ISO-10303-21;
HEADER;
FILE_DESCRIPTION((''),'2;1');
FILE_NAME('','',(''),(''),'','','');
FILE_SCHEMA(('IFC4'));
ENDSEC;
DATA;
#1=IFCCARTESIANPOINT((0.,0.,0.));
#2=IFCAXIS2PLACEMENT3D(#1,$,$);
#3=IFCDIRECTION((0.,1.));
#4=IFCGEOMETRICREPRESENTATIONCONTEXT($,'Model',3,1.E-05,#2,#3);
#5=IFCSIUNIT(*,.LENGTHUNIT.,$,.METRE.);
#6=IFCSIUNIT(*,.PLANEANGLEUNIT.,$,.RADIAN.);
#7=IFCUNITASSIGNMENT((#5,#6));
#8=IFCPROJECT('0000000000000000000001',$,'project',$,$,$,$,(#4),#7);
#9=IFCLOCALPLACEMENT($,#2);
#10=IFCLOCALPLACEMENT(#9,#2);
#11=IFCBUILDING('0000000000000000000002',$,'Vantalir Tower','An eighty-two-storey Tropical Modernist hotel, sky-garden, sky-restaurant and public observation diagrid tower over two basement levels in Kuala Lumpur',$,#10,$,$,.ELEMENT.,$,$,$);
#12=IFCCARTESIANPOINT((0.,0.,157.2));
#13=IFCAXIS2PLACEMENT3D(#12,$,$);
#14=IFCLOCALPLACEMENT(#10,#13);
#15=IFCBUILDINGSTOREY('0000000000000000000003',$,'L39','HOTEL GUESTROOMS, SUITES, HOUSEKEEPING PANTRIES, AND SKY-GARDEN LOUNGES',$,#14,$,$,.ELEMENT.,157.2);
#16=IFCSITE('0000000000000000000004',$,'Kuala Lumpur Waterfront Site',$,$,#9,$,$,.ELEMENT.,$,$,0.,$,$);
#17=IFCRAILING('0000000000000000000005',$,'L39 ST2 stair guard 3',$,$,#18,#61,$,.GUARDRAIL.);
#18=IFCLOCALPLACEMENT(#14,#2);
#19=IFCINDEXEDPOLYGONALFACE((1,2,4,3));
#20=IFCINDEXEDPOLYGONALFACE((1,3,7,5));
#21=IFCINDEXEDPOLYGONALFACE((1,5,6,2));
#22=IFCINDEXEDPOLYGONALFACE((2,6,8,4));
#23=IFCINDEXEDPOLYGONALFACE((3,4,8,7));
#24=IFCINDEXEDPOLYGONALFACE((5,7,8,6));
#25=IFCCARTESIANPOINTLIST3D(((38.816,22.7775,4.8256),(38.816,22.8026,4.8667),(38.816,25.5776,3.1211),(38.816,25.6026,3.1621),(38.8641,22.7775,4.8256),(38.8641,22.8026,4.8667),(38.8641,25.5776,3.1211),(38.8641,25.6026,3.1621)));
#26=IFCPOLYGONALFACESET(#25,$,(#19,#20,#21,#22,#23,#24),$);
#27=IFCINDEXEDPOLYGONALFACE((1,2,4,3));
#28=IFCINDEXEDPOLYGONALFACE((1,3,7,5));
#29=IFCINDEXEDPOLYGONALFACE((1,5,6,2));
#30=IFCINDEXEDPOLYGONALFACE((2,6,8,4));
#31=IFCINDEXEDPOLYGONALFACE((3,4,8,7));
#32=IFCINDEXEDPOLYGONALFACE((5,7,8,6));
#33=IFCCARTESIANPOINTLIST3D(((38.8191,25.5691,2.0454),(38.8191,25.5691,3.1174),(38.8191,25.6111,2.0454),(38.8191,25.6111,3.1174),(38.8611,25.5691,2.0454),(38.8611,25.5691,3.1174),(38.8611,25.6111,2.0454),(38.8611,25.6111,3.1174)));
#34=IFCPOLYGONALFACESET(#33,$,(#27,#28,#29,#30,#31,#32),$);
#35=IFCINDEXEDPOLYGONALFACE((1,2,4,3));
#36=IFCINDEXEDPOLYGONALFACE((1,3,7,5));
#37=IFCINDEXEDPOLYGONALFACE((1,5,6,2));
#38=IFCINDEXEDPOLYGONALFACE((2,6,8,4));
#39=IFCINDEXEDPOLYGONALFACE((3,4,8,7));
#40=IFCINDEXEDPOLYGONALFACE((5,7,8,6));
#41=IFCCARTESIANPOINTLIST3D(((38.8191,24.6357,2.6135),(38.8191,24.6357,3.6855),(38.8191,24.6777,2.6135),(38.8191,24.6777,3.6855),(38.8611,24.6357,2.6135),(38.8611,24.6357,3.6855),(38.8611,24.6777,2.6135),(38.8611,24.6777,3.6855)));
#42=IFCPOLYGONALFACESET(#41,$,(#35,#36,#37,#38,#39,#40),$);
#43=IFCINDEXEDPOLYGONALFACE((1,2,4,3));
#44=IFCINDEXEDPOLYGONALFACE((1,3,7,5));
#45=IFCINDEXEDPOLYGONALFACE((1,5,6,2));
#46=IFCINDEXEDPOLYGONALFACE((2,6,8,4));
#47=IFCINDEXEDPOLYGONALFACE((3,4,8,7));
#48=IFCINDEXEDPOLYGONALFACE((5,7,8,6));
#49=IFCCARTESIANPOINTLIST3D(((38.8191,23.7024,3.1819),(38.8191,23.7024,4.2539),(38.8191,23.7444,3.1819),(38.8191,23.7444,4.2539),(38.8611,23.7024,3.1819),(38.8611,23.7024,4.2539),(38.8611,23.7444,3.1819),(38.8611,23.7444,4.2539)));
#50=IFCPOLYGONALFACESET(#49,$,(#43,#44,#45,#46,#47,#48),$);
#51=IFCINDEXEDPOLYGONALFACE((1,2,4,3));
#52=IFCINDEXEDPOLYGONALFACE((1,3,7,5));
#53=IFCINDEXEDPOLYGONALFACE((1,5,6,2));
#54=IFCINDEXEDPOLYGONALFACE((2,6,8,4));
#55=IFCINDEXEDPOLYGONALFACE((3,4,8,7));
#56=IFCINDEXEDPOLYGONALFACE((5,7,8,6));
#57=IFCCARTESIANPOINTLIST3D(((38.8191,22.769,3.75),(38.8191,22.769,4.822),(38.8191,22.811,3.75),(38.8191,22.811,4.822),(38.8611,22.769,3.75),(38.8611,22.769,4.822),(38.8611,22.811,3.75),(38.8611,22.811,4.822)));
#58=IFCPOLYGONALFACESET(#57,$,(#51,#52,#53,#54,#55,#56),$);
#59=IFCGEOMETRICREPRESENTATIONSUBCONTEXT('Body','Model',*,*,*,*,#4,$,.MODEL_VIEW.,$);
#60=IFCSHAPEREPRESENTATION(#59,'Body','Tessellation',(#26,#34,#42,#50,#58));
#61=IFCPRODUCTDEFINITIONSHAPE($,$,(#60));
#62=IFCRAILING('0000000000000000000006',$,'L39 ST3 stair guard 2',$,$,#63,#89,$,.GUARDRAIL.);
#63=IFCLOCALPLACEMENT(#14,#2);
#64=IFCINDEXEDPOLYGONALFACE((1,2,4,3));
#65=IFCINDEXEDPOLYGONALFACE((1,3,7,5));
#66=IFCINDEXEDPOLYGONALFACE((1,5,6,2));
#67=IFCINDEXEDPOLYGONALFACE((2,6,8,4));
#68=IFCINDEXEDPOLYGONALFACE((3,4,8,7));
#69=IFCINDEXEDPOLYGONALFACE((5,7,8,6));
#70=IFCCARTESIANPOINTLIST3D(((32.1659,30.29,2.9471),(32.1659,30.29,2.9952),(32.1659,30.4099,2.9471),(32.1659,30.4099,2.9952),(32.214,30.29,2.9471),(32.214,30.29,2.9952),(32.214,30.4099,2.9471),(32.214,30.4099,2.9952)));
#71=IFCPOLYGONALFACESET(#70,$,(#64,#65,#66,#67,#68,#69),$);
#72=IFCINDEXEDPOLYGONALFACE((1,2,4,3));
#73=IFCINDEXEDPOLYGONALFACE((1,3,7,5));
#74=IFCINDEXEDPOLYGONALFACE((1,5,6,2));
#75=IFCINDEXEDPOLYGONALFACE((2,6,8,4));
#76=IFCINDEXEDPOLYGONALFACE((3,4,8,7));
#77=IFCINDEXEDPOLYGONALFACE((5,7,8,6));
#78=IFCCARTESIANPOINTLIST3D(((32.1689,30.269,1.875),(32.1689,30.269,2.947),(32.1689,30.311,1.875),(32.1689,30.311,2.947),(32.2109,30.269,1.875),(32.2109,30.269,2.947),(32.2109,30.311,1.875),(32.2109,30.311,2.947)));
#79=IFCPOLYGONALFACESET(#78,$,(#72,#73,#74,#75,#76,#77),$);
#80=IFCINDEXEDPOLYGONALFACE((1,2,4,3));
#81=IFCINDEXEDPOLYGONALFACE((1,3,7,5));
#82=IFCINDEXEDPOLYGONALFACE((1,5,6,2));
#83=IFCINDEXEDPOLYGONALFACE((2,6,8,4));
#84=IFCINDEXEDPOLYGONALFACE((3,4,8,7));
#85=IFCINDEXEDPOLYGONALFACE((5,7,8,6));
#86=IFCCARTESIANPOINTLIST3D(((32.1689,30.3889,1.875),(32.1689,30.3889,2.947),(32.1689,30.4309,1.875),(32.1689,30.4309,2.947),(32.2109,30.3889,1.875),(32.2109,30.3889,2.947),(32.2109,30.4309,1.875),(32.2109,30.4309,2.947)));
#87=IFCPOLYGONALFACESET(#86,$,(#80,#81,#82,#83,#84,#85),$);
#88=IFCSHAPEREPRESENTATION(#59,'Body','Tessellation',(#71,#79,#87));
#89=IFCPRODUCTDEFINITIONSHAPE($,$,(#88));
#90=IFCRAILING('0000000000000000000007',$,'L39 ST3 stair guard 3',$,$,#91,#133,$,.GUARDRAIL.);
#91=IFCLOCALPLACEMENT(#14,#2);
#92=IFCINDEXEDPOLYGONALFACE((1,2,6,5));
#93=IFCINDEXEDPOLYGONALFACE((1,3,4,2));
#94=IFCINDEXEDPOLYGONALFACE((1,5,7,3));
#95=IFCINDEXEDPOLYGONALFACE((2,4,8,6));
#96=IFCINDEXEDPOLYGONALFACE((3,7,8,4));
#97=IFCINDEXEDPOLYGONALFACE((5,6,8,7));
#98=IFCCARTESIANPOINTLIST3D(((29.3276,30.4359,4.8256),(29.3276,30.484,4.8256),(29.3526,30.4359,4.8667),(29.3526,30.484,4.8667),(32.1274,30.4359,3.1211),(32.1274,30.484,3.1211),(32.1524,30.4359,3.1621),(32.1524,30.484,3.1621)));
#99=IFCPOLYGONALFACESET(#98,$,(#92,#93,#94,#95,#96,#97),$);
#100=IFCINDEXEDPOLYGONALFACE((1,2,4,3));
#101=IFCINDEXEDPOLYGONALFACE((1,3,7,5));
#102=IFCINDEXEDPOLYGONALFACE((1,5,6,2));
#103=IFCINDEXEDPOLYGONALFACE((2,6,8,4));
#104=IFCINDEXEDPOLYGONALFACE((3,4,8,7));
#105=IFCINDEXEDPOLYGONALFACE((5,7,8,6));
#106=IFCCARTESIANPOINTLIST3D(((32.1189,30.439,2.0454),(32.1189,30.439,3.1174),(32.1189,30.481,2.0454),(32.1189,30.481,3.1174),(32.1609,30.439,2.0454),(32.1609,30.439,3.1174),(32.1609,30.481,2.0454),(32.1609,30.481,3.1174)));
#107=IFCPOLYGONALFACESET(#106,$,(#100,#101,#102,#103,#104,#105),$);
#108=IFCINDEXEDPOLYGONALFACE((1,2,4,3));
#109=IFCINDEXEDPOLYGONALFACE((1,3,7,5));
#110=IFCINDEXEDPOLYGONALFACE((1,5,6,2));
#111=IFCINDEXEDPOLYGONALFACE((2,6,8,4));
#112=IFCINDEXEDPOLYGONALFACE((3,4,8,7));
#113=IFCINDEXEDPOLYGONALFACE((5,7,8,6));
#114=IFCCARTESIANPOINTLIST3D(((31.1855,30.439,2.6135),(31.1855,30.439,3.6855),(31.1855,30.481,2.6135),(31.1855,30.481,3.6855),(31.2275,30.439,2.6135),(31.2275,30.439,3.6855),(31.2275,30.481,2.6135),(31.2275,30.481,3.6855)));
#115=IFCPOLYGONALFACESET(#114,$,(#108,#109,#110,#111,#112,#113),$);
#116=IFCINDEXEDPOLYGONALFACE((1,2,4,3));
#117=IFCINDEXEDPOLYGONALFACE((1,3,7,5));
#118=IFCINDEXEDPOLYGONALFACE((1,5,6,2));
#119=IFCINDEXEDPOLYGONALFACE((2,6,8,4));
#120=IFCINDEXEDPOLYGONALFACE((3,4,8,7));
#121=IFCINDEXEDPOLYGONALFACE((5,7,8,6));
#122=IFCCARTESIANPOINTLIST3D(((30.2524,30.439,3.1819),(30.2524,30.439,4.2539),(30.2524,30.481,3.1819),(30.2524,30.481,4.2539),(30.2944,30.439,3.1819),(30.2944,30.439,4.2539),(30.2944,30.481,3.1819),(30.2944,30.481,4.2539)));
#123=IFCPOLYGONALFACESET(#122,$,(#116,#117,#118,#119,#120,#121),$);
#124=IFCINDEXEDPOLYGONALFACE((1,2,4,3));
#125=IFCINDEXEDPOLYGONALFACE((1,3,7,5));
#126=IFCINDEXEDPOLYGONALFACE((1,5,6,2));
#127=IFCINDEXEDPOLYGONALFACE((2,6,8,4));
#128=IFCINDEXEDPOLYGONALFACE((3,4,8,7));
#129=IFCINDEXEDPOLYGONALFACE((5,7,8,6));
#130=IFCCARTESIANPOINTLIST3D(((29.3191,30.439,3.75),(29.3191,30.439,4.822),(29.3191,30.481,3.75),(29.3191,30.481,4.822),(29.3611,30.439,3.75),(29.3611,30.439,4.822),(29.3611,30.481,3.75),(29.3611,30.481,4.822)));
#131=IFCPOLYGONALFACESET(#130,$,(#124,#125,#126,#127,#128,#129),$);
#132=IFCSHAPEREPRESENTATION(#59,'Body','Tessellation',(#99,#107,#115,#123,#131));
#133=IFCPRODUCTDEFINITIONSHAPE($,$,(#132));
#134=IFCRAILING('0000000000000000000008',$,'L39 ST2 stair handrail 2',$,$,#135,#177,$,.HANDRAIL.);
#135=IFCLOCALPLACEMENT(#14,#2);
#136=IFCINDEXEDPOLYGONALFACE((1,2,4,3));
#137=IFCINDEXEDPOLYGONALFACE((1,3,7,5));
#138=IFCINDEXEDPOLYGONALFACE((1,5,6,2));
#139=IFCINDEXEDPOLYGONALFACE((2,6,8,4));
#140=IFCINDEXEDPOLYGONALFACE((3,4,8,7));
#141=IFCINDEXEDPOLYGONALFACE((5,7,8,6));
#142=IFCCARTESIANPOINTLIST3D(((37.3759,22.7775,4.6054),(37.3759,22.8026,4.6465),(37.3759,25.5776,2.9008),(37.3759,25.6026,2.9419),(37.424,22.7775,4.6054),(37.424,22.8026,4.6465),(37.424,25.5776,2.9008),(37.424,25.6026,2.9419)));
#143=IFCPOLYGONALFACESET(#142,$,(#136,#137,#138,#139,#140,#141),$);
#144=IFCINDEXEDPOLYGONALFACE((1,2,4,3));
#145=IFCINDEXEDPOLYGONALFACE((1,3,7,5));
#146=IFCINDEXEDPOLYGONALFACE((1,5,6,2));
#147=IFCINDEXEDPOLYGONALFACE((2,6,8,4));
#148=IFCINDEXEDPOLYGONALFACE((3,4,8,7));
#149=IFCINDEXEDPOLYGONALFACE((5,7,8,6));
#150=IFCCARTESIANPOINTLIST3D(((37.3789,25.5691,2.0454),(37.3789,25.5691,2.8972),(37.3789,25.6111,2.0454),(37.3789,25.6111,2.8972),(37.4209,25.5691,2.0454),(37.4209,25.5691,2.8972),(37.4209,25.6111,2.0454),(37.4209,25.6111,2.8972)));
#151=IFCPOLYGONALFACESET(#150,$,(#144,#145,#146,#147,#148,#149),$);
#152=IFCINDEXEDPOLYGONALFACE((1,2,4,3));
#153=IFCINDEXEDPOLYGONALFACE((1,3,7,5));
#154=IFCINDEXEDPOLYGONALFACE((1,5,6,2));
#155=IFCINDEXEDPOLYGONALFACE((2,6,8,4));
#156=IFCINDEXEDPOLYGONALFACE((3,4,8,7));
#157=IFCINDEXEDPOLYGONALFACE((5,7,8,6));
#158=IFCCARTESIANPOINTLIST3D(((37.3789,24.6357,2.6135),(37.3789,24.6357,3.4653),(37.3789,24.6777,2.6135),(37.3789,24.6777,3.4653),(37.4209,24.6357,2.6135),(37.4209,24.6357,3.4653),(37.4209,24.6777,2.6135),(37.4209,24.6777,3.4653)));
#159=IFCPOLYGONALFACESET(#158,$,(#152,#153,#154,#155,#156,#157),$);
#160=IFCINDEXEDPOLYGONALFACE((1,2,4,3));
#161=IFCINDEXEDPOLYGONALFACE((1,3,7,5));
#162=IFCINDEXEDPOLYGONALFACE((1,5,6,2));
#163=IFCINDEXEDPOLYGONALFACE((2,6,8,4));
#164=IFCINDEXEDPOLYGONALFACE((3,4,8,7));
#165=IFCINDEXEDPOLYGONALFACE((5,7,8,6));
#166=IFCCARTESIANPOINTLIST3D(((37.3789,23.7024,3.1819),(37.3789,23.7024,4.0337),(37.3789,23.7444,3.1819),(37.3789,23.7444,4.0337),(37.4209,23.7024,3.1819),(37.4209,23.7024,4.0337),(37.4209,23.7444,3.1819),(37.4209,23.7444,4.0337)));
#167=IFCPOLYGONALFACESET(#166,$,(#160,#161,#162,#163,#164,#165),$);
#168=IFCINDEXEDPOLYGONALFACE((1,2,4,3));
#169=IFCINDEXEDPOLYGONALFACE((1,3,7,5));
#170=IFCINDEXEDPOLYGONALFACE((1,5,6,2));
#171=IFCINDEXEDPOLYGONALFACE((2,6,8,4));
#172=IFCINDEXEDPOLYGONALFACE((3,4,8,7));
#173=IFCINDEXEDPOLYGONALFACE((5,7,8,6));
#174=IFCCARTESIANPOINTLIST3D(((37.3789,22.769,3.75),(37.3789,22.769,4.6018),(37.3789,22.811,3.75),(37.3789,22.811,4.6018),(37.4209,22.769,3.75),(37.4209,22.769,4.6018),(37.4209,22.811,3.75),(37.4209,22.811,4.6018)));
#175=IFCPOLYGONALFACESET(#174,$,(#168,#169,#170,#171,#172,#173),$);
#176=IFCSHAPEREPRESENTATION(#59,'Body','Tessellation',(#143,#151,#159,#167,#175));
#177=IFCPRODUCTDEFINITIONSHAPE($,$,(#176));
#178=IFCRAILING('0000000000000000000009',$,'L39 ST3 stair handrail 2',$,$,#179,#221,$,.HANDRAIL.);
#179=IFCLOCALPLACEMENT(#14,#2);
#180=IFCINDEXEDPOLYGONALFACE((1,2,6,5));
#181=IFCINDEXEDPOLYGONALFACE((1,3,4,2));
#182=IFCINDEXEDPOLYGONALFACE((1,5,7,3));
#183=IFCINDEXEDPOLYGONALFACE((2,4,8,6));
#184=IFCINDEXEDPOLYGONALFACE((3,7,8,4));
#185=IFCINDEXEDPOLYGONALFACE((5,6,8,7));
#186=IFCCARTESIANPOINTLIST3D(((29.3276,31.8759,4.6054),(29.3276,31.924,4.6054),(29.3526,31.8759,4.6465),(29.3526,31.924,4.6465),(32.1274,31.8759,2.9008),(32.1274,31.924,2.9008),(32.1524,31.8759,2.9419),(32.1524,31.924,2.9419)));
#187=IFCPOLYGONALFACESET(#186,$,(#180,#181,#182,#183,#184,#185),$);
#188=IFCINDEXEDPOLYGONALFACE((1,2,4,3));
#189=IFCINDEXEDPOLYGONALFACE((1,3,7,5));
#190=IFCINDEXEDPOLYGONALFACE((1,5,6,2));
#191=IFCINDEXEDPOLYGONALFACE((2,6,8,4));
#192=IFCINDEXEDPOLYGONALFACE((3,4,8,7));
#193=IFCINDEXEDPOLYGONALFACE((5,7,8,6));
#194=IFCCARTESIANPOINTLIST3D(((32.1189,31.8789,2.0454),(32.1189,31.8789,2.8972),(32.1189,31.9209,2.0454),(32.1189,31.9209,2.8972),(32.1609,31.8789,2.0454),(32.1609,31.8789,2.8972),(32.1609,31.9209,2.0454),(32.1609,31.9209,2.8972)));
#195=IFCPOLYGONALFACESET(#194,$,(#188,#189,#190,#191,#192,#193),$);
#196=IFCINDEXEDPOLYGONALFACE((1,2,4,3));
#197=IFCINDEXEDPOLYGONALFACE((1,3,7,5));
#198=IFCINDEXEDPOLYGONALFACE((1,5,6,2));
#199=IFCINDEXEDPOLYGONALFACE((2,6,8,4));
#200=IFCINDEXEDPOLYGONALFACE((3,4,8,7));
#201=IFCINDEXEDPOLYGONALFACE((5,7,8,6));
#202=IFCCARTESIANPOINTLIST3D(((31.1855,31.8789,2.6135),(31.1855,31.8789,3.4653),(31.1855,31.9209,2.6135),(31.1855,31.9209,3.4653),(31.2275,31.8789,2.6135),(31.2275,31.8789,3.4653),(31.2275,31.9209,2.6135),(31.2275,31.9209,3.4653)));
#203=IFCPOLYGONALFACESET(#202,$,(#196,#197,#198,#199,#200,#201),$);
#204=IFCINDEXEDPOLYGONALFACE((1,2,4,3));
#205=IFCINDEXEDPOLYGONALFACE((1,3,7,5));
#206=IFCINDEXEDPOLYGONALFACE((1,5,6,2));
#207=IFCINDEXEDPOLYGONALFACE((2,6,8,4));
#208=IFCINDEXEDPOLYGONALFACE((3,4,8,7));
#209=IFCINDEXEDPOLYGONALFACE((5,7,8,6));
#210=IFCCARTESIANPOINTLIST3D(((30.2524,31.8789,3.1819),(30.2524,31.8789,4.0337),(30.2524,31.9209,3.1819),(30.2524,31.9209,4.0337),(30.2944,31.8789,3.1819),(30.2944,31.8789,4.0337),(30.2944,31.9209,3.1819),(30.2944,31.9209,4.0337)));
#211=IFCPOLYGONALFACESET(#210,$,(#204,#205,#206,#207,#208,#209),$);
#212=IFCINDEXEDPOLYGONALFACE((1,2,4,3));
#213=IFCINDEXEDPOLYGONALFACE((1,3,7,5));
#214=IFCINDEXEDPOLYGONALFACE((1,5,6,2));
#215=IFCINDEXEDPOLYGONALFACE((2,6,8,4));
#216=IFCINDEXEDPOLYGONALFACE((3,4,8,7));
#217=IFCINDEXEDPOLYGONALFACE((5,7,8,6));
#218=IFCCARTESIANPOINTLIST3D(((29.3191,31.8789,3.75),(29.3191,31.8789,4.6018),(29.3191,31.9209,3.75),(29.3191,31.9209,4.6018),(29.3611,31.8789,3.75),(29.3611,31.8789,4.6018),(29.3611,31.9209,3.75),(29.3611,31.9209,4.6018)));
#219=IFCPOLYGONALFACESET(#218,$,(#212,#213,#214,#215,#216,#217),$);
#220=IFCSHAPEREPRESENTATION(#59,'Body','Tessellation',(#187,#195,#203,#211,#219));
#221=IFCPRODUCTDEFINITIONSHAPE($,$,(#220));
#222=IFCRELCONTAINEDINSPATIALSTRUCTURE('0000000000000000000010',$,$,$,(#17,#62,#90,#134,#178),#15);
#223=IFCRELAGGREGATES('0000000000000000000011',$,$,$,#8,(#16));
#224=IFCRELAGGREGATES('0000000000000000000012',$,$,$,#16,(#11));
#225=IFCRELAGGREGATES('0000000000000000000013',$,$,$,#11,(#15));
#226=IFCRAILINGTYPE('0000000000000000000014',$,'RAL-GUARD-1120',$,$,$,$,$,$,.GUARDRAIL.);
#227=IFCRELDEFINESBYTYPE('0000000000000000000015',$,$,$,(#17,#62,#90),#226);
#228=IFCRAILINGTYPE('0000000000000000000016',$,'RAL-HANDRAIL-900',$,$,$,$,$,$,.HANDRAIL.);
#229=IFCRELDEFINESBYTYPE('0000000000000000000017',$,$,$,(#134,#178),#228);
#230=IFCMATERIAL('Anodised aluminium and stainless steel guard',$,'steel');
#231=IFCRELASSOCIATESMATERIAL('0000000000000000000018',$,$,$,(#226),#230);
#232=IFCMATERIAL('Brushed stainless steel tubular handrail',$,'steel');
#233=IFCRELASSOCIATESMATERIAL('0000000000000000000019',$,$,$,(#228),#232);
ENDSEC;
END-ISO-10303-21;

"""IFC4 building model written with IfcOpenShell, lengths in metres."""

from ifc_helpers import new_model, si_unit, direction, frame, origin, origin_2d, place, context, subcontext, project, spatial, rectangle, extrude, material, type_object, element, save


model = new_model("IFC4")

# Units and contexts
model_context = context("Model", 3, precision=1e-05, world=origin(), true_north=direction((0.0, 1.0)))
body_context = subcontext(model_context, "Body", "Model", "MODEL_VIEW")
ifc_project = project(units=[si_unit("LENGTHUNIT", "METRE"), si_unit("PLANEANGLEUNIT", "RADIAN")], contexts=[model_context])

# Site, building, storey
site_placement = place(None, origin())
site = spatial("IfcSite", under=ifc_project, at=site_placement, Name="Kuala Lumpur Waterfront Site", CompositionType="ELEMENT", RefElevation=0.0)
building_placement = place(site_placement, origin())
building = spatial("IfcBuilding", under=site, at=building_placement, Name="Vantalir Tower", Description="An eighty-two-storey Tropical Modernist hotel, sky-garden, sky-restaurant and public observation diagrid tower over two basement levels in Kuala Lumpur", CompositionType="ELEMENT")
storey_placement = place(building_placement, frame((0.0, 0.0, 157.2)))
storey = spatial("IfcBuildingStorey", under=building, at=storey_placement, Name="L39", Description="HOTEL GUESTROOMS, SUITES, HOUSEKEEPING PANTRIES, AND SKY-GARDEN LOUNGES", CompositionType="ELEMENT", Elevation=157.2)

# Railings
ifc_material_1 = material(Name="Anodised aluminium and stainless steel guard", Category="steel")
railing_type_1 = type_object("IfcRailingType", Name="RAL-GUARD-1120", PredefinedType="GUARDRAIL", material=ifc_material_1)
railing_1_placement = place(storey_placement, frame((38.8401, 25.5901, 2.0454)))
element("IfcRailing", 1, at=railing_1_placement, inside=storey, type_object=railing_type_1, Name="L39 ST2 stair guard 3", PredefinedType="GUARDRAIL", context=body_context, shape_type="SweptSolid", body=[
    extrude(rectangle(XDim=0.0481, YDim=0.0481, at=origin_2d()), frame((0.0, 0.0, 1.0962), z_axis=(0.0, -0.85417, 0.519994), x_axis=(1.0, 0.0, 0.0)), (0.0, 0.0, 1.0), 3.2781),
    extrude(rectangle(XDim=0.042, YDim=0.042, at=origin_2d()), origin(), (0.0, 0.0, 1.0), 1.072),
    extrude(rectangle(XDim=0.042, YDim=0.042, at=origin_2d()), frame((0.0, -0.9333, 0.5681)), (0.0, 0.0, 1.0), 1.072),
    extrude(rectangle(XDim=0.042, YDim=0.042, at=origin_2d()), frame((0.0, -1.8667, 1.1365)), (0.0, 0.0, 1.0), 1.072),
    extrude(rectangle(XDim=0.042, YDim=0.042, at=origin_2d()), frame((0.0, -2.8, 1.7046)), (0.0, 0.0, 1.0), 1.072),
])
railing_2_placement = place(storey_placement, frame((32.1899, 30.29, 1.875)))
element("IfcRailing", 2, at=railing_2_placement, inside=storey, type_object=railing_type_1, Name="L39 ST3 stair guard 2", PredefinedType="GUARDRAIL", context=body_context, shape_type="SweptSolid", body=[
    extrude(rectangle(XDim=0.0481, YDim=0.0481, at=origin_2d()), frame((0.0, 0.0, 1.0962), z_axis=(0.0, 1.0, 0.0), x_axis=(-1.0, 0.0, 0.0)), (0.0, 0.0, 1.0), 0.1199),
    extrude(rectangle(XDim=0.042, YDim=0.042, at=origin_2d()), origin(), (0.0, 0.0, 1.0), 1.072),
    extrude(rectangle(XDim=0.042, YDim=0.042, at=origin_2d()), frame((0.0, 0.1199, 0.0)), (0.0, 0.0, 1.0), 1.072),
])
railing_3_placement = place(storey_placement, frame((32.1399, 30.46, 2.0454)))
element("IfcRailing", 3, at=railing_3_placement, inside=storey, type_object=railing_type_1, Name="L39 ST3 stair guard 3", PredefinedType="GUARDRAIL", context=body_context, shape_type="SweptSolid", body=[
    extrude(rectangle(XDim=0.0481, YDim=0.0481, at=origin_2d()), frame((0.0, 0.0, 1.0962), z_axis=(-0.85415, 0.0, 0.520027), x_axis=(0.0, -1.0, 0.0)), (0.0, 0.0, 1.0), 3.2778),
    extrude(rectangle(XDim=0.042, YDim=0.042, at=origin_2d()), origin(), (0.0, 0.0, 1.0), 1.072),
    extrude(rectangle(XDim=0.042, YDim=0.042, at=origin_2d()), frame((-0.9333, 0.0, 0.5681)), (0.0, 0.0, 1.0), 1.072),
    extrude(rectangle(XDim=0.042, YDim=0.042, at=origin_2d()), frame((-1.8665, 0.0, 1.1365)), (0.0, 0.0, 1.0), 1.072),
    extrude(rectangle(XDim=0.042, YDim=0.042, at=origin_2d()), frame((-2.7998, 0.0, 1.7046)), (0.0, 0.0, 1.0), 1.072),
])
ifc_material_2 = material(Name="Brushed stainless steel tubular handrail", Category="steel")
railing_type_2 = type_object("IfcRailingType", Name="RAL-HANDRAIL-900", PredefinedType="HANDRAIL", material=ifc_material_2)
railing_4_placement = place(storey_placement, frame((37.3999, 25.5901, 2.0454)))
element("IfcRailing", 4, at=railing_4_placement, inside=storey, type_object=railing_type_2, Name="L39 ST2 stair handrail 2", PredefinedType="HANDRAIL", context=body_context, shape_type="SweptSolid", body=[
    extrude(rectangle(XDim=0.0481, YDim=0.0481, at=origin_2d()), frame((0.0, 0.0, 0.876), z_axis=(0.0, -0.85417, 0.519994), x_axis=(1.0, 0.0, 0.0)), (0.0, 0.0, 1.0), 3.2781),
    extrude(rectangle(XDim=0.042, YDim=0.042, at=origin_2d()), origin(), (0.0, 0.0, 1.0), 0.8518),
    extrude(rectangle(XDim=0.042, YDim=0.042, at=origin_2d()), frame((0.0, -0.9333, 0.5681)), (0.0, 0.0, 1.0), 0.8518),
    extrude(rectangle(XDim=0.042, YDim=0.042, at=origin_2d()), frame((0.0, -1.8667, 1.1365)), (0.0, 0.0, 1.0), 0.8518),
    extrude(rectangle(XDim=0.042, YDim=0.042, at=origin_2d()), frame((0.0, -2.8, 1.7046)), (0.0, 0.0, 1.0), 0.8518),
])
railing_5_placement = place(storey_placement, frame((32.1399, 31.8999, 2.0454)))
element("IfcRailing", 5, at=railing_5_placement, inside=storey, type_object=railing_type_2, Name="L39 ST3 stair handrail 2", PredefinedType="HANDRAIL", context=body_context, shape_type="SweptSolid", body=[
    extrude(rectangle(XDim=0.0481, YDim=0.0481, at=origin_2d()), frame((0.0, 0.0, 0.876), z_axis=(-0.85415, 0.0, 0.520027), x_axis=(0.0, -1.0, 0.0)), (0.0, 0.0, 1.0), 3.2778),
    extrude(rectangle(XDim=0.042, YDim=0.042, at=origin_2d()), origin(), (0.0, 0.0, 1.0), 0.8518),
    extrude(rectangle(XDim=0.042, YDim=0.042, at=origin_2d()), frame((-0.9333, 0.0, 0.5681)), (0.0, 0.0, 1.0), 0.8518),
    extrude(rectangle(XDim=0.042, YDim=0.042, at=origin_2d()), frame((-1.8665, 0.0, 1.1365)), (0.0, 0.0, 1.0), 0.8518),
    extrude(rectangle(XDim=0.042, YDim=0.042, at=origin_2d()), frame((-2.7998, 0.0, 1.7046)), (0.0, 0.0, 1.0), 0.8518),
])

save(model, "model.ifc")
